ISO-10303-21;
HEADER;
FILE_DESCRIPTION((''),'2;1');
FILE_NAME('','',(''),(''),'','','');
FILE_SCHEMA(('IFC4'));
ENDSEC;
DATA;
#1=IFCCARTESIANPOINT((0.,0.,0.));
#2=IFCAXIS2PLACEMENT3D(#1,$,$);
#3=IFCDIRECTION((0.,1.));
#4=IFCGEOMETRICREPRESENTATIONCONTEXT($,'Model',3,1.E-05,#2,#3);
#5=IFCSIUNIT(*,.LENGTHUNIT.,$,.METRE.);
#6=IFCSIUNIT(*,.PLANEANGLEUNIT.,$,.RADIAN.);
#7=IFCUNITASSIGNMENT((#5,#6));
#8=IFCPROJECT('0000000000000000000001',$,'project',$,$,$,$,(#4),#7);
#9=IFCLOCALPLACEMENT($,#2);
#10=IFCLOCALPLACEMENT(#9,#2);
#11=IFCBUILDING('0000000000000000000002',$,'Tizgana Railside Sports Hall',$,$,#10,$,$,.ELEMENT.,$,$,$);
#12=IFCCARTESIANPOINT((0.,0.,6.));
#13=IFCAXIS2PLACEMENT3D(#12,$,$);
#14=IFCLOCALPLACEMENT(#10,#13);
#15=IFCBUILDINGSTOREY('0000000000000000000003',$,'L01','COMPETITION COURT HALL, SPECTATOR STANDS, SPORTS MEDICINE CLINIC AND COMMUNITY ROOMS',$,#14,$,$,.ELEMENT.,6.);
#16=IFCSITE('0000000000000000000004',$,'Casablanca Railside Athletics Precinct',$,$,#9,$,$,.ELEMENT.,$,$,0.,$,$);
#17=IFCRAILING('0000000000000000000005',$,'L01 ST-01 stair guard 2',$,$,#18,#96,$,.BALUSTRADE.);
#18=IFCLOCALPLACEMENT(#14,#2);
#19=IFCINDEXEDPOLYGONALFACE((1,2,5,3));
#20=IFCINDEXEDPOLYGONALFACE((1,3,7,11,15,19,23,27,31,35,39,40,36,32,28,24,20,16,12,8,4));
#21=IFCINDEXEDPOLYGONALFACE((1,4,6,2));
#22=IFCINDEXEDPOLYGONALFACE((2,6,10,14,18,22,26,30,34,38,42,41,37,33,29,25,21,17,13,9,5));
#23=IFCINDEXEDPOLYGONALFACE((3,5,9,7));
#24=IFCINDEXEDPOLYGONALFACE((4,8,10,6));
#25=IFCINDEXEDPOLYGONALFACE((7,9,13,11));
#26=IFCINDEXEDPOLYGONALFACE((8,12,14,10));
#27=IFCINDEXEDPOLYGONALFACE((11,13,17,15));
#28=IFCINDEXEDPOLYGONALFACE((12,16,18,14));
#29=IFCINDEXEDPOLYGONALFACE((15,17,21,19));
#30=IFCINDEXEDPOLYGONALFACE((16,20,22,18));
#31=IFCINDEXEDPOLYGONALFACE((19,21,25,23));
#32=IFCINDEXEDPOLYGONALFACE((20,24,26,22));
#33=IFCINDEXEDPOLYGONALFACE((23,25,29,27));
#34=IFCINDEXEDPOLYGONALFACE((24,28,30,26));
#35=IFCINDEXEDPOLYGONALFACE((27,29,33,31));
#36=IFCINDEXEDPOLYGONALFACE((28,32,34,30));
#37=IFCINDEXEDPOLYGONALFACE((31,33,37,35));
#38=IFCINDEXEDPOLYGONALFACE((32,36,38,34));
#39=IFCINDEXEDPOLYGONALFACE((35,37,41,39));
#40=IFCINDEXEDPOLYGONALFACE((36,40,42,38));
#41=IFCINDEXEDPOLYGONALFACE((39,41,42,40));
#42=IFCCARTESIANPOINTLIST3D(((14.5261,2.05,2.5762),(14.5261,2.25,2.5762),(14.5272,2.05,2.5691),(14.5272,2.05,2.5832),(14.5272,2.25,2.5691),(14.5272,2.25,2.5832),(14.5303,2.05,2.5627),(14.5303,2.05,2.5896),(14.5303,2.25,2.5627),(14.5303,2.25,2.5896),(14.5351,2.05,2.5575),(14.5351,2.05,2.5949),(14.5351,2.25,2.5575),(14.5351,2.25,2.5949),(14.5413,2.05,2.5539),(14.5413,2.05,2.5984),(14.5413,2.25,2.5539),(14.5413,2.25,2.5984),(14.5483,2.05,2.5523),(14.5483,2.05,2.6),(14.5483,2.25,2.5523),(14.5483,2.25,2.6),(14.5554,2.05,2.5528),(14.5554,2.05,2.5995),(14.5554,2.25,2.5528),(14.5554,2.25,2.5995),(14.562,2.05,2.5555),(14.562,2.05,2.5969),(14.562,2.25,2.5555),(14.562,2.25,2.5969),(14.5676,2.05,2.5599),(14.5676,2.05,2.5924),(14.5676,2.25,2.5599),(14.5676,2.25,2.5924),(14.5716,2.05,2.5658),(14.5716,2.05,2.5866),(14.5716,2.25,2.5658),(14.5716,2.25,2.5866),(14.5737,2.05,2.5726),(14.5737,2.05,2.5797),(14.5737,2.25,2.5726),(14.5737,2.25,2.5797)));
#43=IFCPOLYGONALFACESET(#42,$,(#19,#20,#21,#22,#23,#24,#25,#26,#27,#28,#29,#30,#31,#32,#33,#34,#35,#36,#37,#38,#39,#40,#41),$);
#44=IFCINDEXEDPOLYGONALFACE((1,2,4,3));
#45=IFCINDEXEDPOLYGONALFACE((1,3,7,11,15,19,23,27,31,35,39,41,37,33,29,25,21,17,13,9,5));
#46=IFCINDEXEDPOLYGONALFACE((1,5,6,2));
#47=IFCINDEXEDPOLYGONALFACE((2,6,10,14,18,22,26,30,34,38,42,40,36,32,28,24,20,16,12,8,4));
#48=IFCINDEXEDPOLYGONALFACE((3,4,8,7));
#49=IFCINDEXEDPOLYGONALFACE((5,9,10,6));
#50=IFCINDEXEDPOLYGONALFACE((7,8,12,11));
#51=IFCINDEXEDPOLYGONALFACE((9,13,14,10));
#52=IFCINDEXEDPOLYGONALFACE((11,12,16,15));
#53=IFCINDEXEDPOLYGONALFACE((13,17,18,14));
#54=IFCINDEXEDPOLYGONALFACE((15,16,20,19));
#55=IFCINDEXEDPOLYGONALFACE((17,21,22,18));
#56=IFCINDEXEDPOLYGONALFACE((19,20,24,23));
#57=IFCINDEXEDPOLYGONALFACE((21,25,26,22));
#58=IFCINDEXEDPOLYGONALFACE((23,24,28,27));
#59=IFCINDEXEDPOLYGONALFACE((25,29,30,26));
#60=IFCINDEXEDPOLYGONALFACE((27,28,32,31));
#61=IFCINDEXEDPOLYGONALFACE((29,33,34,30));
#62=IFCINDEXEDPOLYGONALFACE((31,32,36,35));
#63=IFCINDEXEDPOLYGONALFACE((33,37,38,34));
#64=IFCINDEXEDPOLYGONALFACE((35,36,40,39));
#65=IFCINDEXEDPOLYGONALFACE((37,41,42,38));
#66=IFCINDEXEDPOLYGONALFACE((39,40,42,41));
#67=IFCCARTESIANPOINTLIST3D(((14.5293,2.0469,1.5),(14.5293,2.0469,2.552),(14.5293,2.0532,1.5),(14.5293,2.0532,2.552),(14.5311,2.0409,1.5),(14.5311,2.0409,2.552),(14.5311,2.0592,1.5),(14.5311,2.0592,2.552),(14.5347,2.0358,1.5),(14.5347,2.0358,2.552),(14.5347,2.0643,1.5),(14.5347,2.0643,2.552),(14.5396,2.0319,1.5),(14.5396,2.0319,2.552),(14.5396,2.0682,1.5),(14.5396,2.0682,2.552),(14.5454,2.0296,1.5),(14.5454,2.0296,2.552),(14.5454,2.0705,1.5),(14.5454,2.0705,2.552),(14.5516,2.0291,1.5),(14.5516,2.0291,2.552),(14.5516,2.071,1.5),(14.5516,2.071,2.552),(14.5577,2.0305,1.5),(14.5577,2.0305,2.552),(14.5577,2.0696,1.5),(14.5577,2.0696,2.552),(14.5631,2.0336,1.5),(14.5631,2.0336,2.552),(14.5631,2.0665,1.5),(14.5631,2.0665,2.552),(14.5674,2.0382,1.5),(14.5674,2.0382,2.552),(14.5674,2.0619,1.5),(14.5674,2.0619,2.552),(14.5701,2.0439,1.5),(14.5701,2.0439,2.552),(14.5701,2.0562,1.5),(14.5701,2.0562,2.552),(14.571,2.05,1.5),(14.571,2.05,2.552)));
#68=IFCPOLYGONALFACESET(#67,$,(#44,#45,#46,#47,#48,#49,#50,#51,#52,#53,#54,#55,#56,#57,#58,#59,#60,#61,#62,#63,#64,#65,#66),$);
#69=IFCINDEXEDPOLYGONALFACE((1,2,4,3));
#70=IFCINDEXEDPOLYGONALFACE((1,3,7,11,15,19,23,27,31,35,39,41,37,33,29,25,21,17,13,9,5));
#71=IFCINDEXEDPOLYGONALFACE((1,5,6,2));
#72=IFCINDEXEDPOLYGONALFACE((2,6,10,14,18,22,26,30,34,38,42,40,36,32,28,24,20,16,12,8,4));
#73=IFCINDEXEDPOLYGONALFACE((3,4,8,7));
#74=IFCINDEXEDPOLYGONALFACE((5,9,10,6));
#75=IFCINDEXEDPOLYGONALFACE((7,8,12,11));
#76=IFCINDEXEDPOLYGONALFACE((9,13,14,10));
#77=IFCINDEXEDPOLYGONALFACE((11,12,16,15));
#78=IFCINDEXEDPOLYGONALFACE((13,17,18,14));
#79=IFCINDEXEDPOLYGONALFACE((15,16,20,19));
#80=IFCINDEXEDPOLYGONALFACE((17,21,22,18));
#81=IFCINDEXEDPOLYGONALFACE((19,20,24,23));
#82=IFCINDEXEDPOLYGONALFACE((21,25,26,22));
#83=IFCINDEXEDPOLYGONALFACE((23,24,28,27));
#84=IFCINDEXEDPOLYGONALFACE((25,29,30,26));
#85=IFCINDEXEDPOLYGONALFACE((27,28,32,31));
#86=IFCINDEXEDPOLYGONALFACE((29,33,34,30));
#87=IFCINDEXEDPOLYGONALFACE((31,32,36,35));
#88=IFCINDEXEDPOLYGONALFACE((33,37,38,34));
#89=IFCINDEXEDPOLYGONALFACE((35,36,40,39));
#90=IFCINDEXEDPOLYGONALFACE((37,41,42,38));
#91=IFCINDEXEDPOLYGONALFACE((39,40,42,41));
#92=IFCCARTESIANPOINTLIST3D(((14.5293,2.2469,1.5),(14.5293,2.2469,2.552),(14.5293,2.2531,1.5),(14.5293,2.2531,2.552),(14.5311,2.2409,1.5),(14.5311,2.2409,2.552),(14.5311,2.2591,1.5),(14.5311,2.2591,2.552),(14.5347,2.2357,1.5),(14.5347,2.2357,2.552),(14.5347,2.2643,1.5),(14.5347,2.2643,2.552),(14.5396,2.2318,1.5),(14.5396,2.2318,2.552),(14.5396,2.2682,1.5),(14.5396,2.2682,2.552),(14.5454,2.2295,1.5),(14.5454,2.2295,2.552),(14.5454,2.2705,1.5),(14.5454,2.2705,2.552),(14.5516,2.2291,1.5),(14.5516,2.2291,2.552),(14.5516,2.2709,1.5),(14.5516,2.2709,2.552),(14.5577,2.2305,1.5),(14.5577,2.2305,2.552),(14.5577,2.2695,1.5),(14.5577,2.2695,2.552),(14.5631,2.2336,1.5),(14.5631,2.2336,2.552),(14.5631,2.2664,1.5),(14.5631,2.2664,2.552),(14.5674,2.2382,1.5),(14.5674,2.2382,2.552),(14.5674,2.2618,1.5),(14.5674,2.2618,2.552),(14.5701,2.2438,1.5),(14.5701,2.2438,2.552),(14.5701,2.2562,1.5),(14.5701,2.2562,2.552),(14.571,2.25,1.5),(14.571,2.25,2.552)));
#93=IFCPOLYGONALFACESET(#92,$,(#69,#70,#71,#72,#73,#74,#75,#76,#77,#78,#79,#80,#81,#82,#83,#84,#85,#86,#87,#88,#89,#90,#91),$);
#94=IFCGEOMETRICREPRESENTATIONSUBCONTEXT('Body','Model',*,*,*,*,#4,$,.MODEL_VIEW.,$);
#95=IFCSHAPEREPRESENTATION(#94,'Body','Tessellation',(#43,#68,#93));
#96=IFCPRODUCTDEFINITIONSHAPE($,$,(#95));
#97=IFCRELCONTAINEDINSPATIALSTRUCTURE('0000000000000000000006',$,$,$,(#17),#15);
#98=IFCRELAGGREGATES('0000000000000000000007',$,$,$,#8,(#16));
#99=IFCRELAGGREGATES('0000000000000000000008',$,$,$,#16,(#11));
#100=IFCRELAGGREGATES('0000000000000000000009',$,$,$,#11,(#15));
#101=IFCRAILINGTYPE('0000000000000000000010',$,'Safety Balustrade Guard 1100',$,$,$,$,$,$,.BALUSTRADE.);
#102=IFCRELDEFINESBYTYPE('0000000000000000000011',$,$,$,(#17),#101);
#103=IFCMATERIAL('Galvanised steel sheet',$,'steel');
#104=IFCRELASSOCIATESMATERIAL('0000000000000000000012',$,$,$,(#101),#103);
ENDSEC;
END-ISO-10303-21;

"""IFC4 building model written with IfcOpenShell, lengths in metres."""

from ifc_helpers import new_model, si_unit, direction, frame, origin, origin_2d, place, context, subcontext, project, spatial, circle, extrude, material, type_object, element, save


model = new_model("IFC4")

# Units and contexts
model_context = context("Model", 3, precision=1e-05, world=origin(), true_north=direction((0.0, 1.0)))
body_context = subcontext(model_context, "Body", "Model", "MODEL_VIEW")
ifc_project = project(units=[si_unit("LENGTHUNIT", "METRE"), si_unit("PLANEANGLEUNIT", "RADIAN")], contexts=[model_context])

# Site, building, storey
site_placement = place(None, origin())
site = spatial("IfcSite", under=ifc_project, at=site_placement, Name="Casablanca Railside Athletics Precinct", CompositionType="ELEMENT", RefElevation=0.0)
building_placement = place(site_placement, origin())
building = spatial("IfcBuilding", under=site, at=building_placement, Name="Tizgana Railside Sports Hall", CompositionType="ELEMENT")
storey_placement = place(building_placement, frame((0.0, 0.0, 6.0)))
storey = spatial("IfcBuildingStorey", under=building, at=storey_placement, Name="L01", Description="COMPETITION COURT HALL, SPECTATOR STANDS, SPORTS MEDICINE CLINIC AND COMMUNITY ROOMS", CompositionType="ELEMENT", Elevation=6.0)

# Railing
ifc_material_1 = material(Name="Galvanised steel sheet", Category="steel")
railing_type_1 = type_object("IfcRailingType", Name="Safety Balustrade Guard 1100", PredefinedType="BALUSTRADE", material=ifc_material_1)
railing_1_placement = place(storey_placement, frame((14.55, 2.05, 1.5)))
element("IfcRailing", 1, at=railing_1_placement, inside=storey, type_object=railing_type_1, Name="L01 ST-01 stair guard 2", PredefinedType="BALUSTRADE", context=body_context, shape_type="SweptSolid", body=[
    extrude(circle(Radius=0.0239, at=origin_2d()), frame((0.0, 0.0, 1.0762), z_axis=(0.0, 1.0, 0.0), x_axis=(-1.0, 0.0, 0.0)), (0.0, 0.0, 1.0), 0.2),
    extrude(circle(Radius=0.021, at=origin_2d()), origin(), (0.0, 0.0, 1.0), 1.052),
    extrude(circle(Radius=0.021, at=origin_2d()), frame((0.0, 0.2, 0.0)), (0.0, 0.0, 1.0), 1.052),
])

save(model, "model.ifc")
